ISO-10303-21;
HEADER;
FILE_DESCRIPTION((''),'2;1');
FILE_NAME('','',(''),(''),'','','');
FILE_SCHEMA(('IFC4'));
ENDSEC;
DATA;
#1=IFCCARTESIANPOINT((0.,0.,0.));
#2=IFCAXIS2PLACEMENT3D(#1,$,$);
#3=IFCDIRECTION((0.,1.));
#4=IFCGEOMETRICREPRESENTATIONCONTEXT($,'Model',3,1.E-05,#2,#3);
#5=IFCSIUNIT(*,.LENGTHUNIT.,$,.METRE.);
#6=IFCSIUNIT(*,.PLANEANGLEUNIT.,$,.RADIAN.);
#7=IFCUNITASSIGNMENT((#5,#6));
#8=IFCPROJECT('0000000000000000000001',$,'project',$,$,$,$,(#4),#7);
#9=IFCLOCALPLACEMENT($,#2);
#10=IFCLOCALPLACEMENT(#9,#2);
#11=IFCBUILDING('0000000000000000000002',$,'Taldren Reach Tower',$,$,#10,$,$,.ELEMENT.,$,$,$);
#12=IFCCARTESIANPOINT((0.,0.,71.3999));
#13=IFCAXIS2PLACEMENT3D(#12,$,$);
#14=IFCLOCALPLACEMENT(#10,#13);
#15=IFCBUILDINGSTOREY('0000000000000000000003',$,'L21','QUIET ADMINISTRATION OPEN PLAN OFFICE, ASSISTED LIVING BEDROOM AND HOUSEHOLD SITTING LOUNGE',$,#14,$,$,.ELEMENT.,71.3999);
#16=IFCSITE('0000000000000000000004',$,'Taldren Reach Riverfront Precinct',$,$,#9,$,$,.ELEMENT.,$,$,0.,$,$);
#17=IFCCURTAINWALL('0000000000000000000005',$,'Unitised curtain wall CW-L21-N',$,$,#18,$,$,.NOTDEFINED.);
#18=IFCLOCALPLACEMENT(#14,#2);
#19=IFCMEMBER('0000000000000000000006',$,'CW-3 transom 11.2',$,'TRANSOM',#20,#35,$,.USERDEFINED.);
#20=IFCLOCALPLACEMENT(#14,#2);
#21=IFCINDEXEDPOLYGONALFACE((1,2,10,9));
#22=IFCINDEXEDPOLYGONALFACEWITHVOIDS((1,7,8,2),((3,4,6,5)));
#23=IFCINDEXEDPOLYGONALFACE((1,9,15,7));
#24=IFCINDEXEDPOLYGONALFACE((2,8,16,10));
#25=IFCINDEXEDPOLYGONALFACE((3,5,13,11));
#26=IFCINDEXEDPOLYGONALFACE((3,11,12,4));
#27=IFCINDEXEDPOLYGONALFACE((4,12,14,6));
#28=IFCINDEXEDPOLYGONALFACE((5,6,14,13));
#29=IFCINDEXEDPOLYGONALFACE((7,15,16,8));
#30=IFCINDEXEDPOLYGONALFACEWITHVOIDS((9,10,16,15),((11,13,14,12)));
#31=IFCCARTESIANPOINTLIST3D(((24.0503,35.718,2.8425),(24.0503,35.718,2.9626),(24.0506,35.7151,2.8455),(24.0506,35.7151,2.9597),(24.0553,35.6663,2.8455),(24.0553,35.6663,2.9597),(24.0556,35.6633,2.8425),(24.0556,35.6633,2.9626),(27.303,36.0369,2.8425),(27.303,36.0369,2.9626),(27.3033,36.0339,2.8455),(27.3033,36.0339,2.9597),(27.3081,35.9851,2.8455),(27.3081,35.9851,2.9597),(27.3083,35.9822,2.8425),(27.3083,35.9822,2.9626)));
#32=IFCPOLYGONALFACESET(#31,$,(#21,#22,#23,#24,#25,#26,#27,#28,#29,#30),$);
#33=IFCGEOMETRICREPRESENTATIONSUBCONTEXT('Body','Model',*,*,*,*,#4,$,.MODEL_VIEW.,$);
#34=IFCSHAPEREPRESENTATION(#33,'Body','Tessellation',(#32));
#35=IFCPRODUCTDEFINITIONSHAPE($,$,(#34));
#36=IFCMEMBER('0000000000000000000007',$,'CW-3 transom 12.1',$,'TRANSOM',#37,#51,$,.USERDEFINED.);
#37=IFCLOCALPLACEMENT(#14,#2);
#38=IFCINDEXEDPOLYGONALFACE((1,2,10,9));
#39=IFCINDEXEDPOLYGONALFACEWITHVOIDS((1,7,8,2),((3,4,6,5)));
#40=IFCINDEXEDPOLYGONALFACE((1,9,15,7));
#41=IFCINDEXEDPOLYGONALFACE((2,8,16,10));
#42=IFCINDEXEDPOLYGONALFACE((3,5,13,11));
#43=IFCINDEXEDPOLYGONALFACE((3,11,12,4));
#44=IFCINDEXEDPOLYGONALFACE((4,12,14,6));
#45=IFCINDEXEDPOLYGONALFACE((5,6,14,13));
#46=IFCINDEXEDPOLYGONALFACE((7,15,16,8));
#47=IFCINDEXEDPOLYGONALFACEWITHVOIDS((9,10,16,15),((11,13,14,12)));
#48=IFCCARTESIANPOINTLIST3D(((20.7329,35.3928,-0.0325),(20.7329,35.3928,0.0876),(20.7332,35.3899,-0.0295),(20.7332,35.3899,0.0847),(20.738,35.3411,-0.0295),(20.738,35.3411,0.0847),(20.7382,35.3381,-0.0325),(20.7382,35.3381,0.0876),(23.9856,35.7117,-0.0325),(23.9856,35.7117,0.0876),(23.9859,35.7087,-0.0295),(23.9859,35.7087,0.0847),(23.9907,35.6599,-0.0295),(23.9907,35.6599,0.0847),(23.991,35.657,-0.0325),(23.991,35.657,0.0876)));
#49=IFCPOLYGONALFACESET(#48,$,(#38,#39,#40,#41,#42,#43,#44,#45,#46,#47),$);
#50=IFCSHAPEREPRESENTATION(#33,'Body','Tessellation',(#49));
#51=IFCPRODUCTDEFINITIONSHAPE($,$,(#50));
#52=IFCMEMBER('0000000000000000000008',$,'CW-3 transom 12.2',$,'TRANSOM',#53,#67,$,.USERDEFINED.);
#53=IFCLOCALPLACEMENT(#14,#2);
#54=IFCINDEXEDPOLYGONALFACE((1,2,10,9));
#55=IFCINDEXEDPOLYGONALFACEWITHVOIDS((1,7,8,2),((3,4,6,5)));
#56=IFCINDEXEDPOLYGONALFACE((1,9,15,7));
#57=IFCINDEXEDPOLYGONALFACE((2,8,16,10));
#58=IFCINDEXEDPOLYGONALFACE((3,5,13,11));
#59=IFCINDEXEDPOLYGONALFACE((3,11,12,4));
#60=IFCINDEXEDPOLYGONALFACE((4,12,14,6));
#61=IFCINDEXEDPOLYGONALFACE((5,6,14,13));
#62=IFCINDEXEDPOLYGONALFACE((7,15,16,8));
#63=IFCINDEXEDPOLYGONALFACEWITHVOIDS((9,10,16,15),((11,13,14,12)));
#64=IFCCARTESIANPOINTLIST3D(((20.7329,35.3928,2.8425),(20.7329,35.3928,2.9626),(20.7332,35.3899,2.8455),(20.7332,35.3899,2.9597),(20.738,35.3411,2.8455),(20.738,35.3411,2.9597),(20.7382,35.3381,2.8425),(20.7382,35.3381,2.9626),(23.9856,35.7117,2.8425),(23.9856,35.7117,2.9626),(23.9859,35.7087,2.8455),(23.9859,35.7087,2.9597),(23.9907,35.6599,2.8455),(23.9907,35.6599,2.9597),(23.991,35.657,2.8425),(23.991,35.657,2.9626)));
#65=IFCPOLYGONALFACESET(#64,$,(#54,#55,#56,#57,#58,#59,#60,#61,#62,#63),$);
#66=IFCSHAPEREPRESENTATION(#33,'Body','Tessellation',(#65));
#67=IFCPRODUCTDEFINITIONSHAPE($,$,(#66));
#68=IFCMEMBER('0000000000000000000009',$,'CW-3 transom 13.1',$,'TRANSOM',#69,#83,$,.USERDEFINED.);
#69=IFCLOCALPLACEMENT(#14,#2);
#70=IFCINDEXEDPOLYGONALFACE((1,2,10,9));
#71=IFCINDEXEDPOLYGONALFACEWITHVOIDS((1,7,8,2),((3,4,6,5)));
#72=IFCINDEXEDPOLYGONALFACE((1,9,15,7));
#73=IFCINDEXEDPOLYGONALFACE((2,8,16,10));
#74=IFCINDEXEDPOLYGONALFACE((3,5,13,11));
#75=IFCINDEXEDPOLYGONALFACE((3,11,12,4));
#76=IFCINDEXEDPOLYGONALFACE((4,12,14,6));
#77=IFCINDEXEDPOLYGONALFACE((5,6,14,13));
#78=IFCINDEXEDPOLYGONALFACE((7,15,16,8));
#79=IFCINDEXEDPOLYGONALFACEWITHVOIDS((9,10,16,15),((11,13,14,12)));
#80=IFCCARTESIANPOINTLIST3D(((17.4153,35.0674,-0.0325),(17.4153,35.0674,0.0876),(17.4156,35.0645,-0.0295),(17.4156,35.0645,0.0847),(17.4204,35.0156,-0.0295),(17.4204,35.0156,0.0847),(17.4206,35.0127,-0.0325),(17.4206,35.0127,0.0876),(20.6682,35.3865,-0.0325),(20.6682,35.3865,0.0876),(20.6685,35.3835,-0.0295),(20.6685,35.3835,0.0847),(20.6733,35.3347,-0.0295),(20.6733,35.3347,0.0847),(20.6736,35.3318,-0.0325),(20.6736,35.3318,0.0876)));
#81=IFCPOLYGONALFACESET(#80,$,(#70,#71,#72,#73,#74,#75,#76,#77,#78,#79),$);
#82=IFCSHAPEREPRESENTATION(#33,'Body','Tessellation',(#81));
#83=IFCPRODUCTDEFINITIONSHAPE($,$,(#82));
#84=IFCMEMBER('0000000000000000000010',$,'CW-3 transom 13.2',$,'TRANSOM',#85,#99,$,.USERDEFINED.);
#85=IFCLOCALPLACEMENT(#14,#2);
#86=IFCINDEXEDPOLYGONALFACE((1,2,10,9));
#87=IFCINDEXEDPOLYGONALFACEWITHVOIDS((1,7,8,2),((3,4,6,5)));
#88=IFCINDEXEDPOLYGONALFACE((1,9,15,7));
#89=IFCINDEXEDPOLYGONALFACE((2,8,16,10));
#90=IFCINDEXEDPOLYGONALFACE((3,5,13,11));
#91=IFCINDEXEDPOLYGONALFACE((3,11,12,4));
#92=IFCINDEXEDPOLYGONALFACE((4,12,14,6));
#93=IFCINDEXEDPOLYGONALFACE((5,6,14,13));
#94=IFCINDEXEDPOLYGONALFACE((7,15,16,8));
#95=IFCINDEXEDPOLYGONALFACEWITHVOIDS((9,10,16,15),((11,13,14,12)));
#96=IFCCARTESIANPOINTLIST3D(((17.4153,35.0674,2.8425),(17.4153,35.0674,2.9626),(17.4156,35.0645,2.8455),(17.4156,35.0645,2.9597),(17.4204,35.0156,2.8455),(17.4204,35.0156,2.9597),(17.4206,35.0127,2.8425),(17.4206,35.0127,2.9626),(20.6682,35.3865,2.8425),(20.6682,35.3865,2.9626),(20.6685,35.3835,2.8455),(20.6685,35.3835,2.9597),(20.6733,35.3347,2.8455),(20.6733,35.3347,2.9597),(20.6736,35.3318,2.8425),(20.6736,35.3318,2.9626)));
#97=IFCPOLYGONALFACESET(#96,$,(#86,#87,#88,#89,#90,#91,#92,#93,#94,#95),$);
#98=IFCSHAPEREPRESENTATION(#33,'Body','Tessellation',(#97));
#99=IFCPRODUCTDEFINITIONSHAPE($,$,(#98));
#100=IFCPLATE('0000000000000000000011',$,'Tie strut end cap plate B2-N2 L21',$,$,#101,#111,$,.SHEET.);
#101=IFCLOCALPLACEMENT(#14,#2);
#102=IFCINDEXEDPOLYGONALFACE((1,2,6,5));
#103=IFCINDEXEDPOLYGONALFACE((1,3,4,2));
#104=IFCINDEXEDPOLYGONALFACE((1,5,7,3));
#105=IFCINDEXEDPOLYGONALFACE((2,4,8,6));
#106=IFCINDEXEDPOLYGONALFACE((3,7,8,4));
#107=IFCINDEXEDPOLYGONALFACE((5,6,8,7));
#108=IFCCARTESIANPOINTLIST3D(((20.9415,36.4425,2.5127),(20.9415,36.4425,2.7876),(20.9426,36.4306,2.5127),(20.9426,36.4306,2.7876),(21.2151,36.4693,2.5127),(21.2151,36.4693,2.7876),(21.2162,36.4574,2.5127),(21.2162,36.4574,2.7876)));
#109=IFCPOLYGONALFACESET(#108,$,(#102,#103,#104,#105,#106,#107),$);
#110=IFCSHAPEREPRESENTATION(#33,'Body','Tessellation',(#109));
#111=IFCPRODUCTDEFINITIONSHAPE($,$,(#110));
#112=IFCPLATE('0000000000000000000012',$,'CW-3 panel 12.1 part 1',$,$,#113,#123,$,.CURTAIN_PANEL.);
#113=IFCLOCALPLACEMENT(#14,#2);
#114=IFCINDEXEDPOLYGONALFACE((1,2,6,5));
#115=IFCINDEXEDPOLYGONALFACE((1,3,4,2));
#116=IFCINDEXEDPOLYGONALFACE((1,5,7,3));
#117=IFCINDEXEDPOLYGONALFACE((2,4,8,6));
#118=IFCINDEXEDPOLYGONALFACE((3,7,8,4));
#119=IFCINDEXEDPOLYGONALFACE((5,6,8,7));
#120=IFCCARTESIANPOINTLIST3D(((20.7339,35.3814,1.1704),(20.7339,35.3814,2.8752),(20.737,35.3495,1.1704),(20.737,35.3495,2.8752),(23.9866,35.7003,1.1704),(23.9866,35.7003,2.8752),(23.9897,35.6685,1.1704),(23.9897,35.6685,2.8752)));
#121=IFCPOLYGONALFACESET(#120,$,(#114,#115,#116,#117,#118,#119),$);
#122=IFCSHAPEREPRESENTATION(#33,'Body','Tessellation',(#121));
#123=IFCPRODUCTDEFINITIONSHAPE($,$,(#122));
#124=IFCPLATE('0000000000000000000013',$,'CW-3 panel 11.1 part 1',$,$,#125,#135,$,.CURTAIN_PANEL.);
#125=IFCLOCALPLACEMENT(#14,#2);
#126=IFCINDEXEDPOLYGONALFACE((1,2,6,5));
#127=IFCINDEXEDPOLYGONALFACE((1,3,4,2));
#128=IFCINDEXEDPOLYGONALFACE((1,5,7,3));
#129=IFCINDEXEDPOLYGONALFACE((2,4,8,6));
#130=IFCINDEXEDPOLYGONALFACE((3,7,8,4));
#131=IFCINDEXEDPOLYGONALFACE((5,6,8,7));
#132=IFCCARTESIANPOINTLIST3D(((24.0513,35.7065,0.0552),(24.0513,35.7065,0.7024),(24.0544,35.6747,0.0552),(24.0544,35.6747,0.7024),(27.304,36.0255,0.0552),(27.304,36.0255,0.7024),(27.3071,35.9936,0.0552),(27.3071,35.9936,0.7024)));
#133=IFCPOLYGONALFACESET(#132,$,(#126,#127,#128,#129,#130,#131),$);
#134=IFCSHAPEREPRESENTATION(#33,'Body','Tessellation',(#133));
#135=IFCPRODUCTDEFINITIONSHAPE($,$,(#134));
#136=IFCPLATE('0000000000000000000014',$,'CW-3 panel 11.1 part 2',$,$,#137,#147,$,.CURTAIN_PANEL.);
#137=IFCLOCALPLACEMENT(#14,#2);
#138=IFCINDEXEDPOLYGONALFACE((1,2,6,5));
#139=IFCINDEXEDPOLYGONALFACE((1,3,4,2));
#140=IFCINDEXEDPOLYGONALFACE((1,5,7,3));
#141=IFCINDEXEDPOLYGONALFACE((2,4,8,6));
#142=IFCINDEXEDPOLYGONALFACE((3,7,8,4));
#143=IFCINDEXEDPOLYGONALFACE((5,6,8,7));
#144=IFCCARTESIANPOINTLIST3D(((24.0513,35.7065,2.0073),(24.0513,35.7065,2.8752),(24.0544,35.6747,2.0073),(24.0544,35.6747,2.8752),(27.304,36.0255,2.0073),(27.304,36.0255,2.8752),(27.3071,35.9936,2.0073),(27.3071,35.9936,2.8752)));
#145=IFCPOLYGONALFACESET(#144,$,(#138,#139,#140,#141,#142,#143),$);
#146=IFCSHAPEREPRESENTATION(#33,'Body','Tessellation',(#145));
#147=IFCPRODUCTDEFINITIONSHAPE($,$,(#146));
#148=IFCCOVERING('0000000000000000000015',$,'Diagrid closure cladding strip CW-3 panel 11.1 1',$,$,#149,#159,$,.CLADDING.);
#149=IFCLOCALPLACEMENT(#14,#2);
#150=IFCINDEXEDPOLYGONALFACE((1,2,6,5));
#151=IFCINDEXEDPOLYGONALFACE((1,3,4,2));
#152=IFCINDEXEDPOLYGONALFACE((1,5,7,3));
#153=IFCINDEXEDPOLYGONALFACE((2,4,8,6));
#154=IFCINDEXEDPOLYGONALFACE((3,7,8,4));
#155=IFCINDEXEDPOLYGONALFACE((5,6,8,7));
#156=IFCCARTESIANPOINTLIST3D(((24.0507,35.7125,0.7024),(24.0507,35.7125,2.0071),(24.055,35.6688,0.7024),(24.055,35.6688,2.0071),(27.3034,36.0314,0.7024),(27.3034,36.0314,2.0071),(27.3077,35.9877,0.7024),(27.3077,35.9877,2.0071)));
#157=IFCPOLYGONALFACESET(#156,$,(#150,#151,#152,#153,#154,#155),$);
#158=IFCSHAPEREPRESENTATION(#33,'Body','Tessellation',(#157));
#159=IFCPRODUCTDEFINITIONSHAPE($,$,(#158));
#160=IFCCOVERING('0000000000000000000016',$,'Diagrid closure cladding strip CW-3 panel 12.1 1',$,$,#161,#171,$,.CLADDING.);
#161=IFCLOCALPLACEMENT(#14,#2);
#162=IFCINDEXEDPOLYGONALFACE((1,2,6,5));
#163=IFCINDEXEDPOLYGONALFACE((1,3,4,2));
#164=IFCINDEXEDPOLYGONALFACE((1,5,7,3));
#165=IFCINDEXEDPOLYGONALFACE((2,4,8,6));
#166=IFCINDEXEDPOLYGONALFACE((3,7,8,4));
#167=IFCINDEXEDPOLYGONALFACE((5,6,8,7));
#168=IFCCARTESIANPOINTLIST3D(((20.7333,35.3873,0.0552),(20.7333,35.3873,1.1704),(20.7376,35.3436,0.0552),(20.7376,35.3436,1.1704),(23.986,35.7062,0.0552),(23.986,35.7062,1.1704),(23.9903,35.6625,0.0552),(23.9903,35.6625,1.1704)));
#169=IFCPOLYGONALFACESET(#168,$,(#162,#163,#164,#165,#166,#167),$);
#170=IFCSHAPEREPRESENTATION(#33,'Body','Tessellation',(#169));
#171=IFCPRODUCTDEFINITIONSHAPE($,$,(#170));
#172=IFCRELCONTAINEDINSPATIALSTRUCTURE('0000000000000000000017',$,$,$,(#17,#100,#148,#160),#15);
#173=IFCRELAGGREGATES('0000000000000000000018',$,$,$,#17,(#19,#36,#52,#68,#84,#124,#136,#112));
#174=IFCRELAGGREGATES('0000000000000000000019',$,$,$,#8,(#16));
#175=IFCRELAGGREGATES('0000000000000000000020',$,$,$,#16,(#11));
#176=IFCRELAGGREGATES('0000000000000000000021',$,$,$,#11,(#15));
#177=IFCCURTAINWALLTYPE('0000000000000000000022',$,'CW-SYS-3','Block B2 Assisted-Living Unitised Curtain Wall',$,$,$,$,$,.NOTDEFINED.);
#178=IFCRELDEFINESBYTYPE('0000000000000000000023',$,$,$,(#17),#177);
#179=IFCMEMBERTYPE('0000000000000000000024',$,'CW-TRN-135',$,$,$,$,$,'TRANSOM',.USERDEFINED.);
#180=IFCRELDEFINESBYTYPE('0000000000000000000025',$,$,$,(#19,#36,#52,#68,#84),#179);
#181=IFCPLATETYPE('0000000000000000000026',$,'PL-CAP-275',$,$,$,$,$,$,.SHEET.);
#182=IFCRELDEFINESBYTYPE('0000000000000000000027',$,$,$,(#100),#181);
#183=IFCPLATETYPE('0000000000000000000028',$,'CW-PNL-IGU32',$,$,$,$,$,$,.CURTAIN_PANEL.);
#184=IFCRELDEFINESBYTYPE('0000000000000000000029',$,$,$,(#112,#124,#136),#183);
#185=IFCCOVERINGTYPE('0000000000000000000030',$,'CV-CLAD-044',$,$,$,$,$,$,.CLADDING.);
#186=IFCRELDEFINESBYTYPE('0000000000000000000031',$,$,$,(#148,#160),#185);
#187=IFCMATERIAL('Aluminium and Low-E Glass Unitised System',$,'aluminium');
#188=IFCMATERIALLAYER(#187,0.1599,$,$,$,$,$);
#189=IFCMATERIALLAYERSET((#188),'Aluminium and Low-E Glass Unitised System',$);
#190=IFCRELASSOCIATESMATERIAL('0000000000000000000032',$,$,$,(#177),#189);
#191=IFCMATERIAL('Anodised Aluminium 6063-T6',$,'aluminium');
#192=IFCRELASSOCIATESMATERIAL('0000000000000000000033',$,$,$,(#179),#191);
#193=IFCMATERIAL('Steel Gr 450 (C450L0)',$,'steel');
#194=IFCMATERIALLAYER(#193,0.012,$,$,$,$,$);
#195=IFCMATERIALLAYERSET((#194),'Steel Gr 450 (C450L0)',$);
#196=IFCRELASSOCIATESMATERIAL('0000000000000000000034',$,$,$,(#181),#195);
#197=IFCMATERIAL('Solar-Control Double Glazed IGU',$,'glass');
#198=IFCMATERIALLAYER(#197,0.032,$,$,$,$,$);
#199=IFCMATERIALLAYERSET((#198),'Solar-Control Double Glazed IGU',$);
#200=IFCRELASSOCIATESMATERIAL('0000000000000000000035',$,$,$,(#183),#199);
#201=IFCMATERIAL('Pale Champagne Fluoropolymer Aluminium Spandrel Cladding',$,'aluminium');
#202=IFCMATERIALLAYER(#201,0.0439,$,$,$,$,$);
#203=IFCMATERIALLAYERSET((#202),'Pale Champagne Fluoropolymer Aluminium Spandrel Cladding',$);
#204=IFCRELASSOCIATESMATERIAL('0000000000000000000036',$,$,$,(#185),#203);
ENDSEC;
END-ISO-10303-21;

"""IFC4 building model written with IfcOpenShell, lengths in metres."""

from ifc_helpers import new_model, si_unit, direction, frame, origin, origin_2d, place, context, subcontext, project, spatial, rectangle, hollow_rectangle, extrude, source, transform, mapped, material, layer, layer_set, material_profile, profile_set, type_object, element, aggregate, save


model = new_model("IFC4")

# Units and contexts
model_context = context("Model", 3, precision=1e-05, world=origin(), true_north=direction((0.0, 1.0)))
body_context = subcontext(model_context, "Body", "Model", "MODEL_VIEW")
ifc_project = project(units=[si_unit("LENGTHUNIT", "METRE"), si_unit("PLANEANGLEUNIT", "RADIAN")], contexts=[model_context])

# Site, building, storey
site_placement = place(None, origin())
site = spatial("IfcSite", under=ifc_project, at=site_placement, Name="Taldren Reach Riverfront Precinct", CompositionType="ELEMENT", RefElevation=0.0)
building_placement = place(site_placement, origin())
building = spatial("IfcBuilding", under=site, at=building_placement, Name="Taldren Reach Tower", CompositionType="ELEMENT")
storey_placement = place(building_placement, frame((0.0, 0.0, 71.3999)))
storey = spatial("IfcBuildingStorey", under=building, at=storey_placement, Name="L21", Description="QUIET ADMINISTRATION OPEN PLAN OFFICE, ASSISTED LIVING BEDROOM AND HOUSEHOLD SITTING LOUNGE", CompositionType="ELEMENT", Elevation=71.3999)

# Shared definitions
ifc_material_1 = material(Name="Steel Gr 450 (C450L0)", Category="steel")

# Curtain wall, members
ifc_material_2 = material(Name="Aluminium and Low-E Glass Unitised System", Category="aluminium")
ifc_layer_1 = layer(ifc_material_2, 0.1599)
ifc_layer_set_1 = layer_set([ifc_layer_1], Name="Aluminium and Low-E Glass Unitised System")
curtain_wall_type = type_object("IfcCurtainWallType", Name="CW-SYS-3", Description="Block B2 Assisted-Living Unitised Curtain Wall", PredefinedType="NOTDEFINED", material=ifc_layer_set_1)
curtain_wall_placement = place(storey_placement, origin())
curtain_wall = element("IfcCurtainWall", 1, at=curtain_wall_placement, inside=storey, type_object=curtain_wall_type, Name="Unitised curtain wall CW-L21-N", PredefinedType="NOTDEFINED")
ifc_material_3 = material(Name="Anodised Aluminium 6063-T6", Category="aluminium")
ifc_material_profile_1 = material_profile(ifc_material_3, hollow_rectangle(XDim=0.0549, YDim=0.1201, WallThickness=0.0029, at=origin_2d()), Name="ALU-120x55x3RHS")
ifc_profile_set_1 = profile_set([ifc_material_profile_1], Name="Anodised Aluminium 6063-T6")
member_type_1 = type_object("IfcMemberType", Name="CW-TRN-135", ElementType="TRANSOM", PredefinedType="USERDEFINED", material=ifc_profile_set_1)
shared_shape_1 = source(origin(), body_context, "Body", "SweptSolid", [
    extrude(hollow_rectangle(XDim=0.0549, YDim=0.1201, WallThickness=0.0029, at=origin_2d()), origin(), (0.0, 0.0, 1.0), 3.2683),
])
member_1_placement = place(storey_placement, frame((27.3057, 36.0095, 2.9026), z_axis=(-0.99523, -0.097558, 0.0), x_axis=(0.097558, -0.99523, 0.0)))
member_1 = element("IfcMember", 2, at=member_1_placement, type_object=member_type_1, Name="CW-3 transom 11.2", ObjectType="TRANSOM", PredefinedType="USERDEFINED", context=body_context, shape_type="MappedRepresentation", body=[
    mapped(shared_shape_1, transform((0.0, 0.0, 0.0), scale=1.0)),
])
member_2_placement = place(storey_placement, frame((23.9883, 35.6843, 0.0276), z_axis=(-0.99523, -0.097558, 0.0), x_axis=(0.097558, -0.99523, 0.0)))
member_2 = element("IfcMember", 3, at=member_2_placement, type_object=member_type_1, Name="CW-3 transom 12.1", ObjectType="TRANSOM", PredefinedType="USERDEFINED", context=body_context, shape_type="MappedRepresentation", body=[
    mapped(shared_shape_1, transform((0.0, 0.0, 0.0), scale=1.0)),
])
member_3_placement = place(storey_placement, frame((23.9883, 35.6843, 2.9026), z_axis=(-0.99523, -0.097558, 0.0), x_axis=(0.097558, -0.99523, 0.0)))
member_3 = element("IfcMember", 4, at=member_3_placement, type_object=member_type_1, Name="CW-3 transom 12.2", ObjectType="TRANSOM", PredefinedType="USERDEFINED", context=body_context, shape_type="MappedRepresentation", body=[
    mapped(shared_shape_1, transform((0.0, 0.0, 0.0), scale=1.0)),
])
shared_shape_2 = source(origin(), body_context, "Body", "SweptSolid", [
    extrude(hollow_rectangle(XDim=0.0549, YDim=0.1201, WallThickness=0.0029, at=origin_2d()), origin(), (0.0, 0.0, 1.0), 3.2686),
])
member_4_placement = place(storey_placement, frame((20.6709, 35.3591, 0.0276), z_axis=(-0.995223, -0.097625, 0.0), x_axis=(0.097625, -0.995223, 0.0)))
member_4 = element("IfcMember", 5, at=member_4_placement, type_object=member_type_1, Name="CW-3 transom 13.1", ObjectType="TRANSOM", PredefinedType="USERDEFINED", context=body_context, shape_type="MappedRepresentation", body=[
    mapped(shared_shape_2, transform((0.0, 0.0, 0.0), scale=1.0)),
])
member_5_placement = place(storey_placement, frame((20.6709, 35.3591, 2.9026), z_axis=(-0.995223, -0.097625, 0.0), x_axis=(0.097625, -0.995223, 0.0)))
member_5 = element("IfcMember", 6, at=member_5_placement, type_object=member_type_1, Name="CW-3 transom 13.2", ObjectType="TRANSOM", PredefinedType="USERDEFINED", context=body_context, shape_type="MappedRepresentation", body=[
    mapped(shared_shape_2, transform((0.0, 0.0, 0.0), scale=1.0)),
])

# Plates
ifc_layer_2 = layer(ifc_material_1, 0.012)
ifc_layer_set_2 = layer_set([ifc_layer_2], Name="Steel Gr 450 (C450L0)")
plate_type_1 = type_object("IfcPlateType", Name="PL-CAP-275", PredefinedType="SHEET", material=ifc_layer_set_2)
shared_shape_3 = source(origin(), body_context, "Body", "SweptSolid", [
    extrude(rectangle(XDim=0.2749, YDim=0.012, at=origin_2d()), origin(), (0.0, 0.0, 1.0), 0.2749),
])
plate_1_placement = place(storey_placement, frame((21.0789, 36.45, 2.5127), z_axis=(0.0, 0.0, 1.0), x_axis=(0.995227, 0.097583, 0.0)))
element("IfcPlate", 7, at=plate_1_placement, inside=storey, type_object=plate_type_1, Name="Tie strut end cap plate B2-N2 L21", PredefinedType="SHEET", context=body_context, shape_type="MappedRepresentation", body=[
    mapped(shared_shape_3, transform((0.0, 0.0, 0.0), scale=1.0)),
])
ifc_material_4 = material(Name="Solar-Control Double Glazed IGU", Category="glass")
ifc_layer_3 = layer(ifc_material_4, 0.032)
ifc_layer_set_3 = layer_set([ifc_layer_3], Name="Solar-Control Double Glazed IGU")
plate_type_2 = type_object("IfcPlateType", Name="CW-PNL-IGU32", PredefinedType="CURTAIN_PANEL", material=ifc_layer_set_3)
shared_shape_4 = source(origin(), body_context, "Body", "SweptSolid", [
    extrude(rectangle(XDim=3.2683, YDim=0.032, at=origin_2d()), origin(), (0.0, 0.0, 1.0), 1.7048),
])
plate_2_placement = place(storey_placement, frame((22.3618, 35.5249, 1.1704), z_axis=(0.0, 0.0, 1.0), x_axis=(-0.995227, -0.097583, 0.0)))
plate_2 = element("IfcPlate", 8, at=plate_2_placement, type_object=plate_type_2, Name="CW-3 panel 12.1 part 1", PredefinedType="CURTAIN_PANEL", context=body_context, shape_type="MappedRepresentation", body=[
    mapped(shared_shape_4, transform((0.0, 0.0, 0.0), scale=1.0)),
])
shared_shape_5 = source(origin(), body_context, "Body", "SweptSolid", [
    extrude(rectangle(XDim=3.2683, YDim=0.032, at=origin_2d()), origin(), (0.0, 0.0, 1.0), 0.6472),
])
plate_3_placement = place(storey_placement, frame((25.6792, 35.8501, 0.0552), z_axis=(0.0, 0.0, 1.0), x_axis=(-0.995227, -0.097583, 0.0)))
plate_3 = element("IfcPlate", 9, at=plate_3_placement, type_object=plate_type_2, Name="CW-3 panel 11.1 part 1", PredefinedType="CURTAIN_PANEL", context=body_context, shape_type="MappedRepresentation", body=[
    mapped(shared_shape_5, transform((0.0, 0.0, 0.0), scale=1.0)),
])
shared_shape_6 = source(origin(), body_context, "Body", "SweptSolid", [
    extrude(rectangle(XDim=3.2683, YDim=0.032, at=origin_2d()), origin(), (0.0, 0.0, 1.0), 0.8679),
])
plate_4_placement = place(storey_placement, frame((25.6792, 35.8501, 2.0073), z_axis=(0.0, 0.0, 1.0), x_axis=(-0.995227, -0.097583, 0.0)))
plate_4 = element("IfcPlate", 10, at=plate_4_placement, type_object=plate_type_2, Name="CW-3 panel 11.1 part 2", PredefinedType="CURTAIN_PANEL", context=body_context, shape_type="MappedRepresentation", body=[
    mapped(shared_shape_6, transform((0.0, 0.0, 0.0), scale=1.0)),
])
aggregate(curtain_wall, [member_1, member_2, member_3, member_4, member_5, plate_3, plate_4, plate_2])

# Coverings
ifc_material_5 = material(Name="Pale Champagne Fluoropolymer Aluminium Spandrel Cladding", Category="aluminium")
ifc_layer_4 = layer(ifc_material_5, 0.0439)
ifc_layer_set_4 = layer_set([ifc_layer_4], Name="Pale Champagne Fluoropolymer Aluminium Spandrel Cladding")
covering_type = type_object("IfcCoveringType", Name="CV-CLAD-044", PredefinedType="CLADDING", material=ifc_layer_set_4)
shared_shape_7 = source(origin(), body_context, "Body", "SweptSolid", [
    extrude(rectangle(XDim=3.2683, YDim=0.0439, at=origin_2d()), origin(), (0.0, 0.0, 1.0), 1.3047),
])
covering_1_placement = place(storey_placement, frame((25.6792, 35.8501, 0.7024), z_axis=(0.0, 0.0, 1.0), x_axis=(-0.995227, -0.097583, 0.0)))
element("IfcCovering", 11, at=covering_1_placement, inside=storey, type_object=covering_type, Name="Diagrid closure cladding strip CW-3 panel 11.1 1", PredefinedType="CLADDING", context=body_context, shape_type="MappedRepresentation", body=[
    mapped(shared_shape_7, transform((0.0, 0.0, 0.0), scale=1.0)),
])
shared_shape_8 = source(origin(), body_context, "Body", "SweptSolid", [
    extrude(rectangle(XDim=3.2683, YDim=0.0439, at=origin_2d()), origin(), (0.0, 0.0, 1.0), 1.1152),
])
covering_2_placement = place(storey_placement, frame((22.3618, 35.5249, 0.0552), z_axis=(0.0, 0.0, 1.0), x_axis=(-0.995227, -0.097583, 0.0)))
element("IfcCovering", 12, at=covering_2_placement, inside=storey, type_object=covering_type, Name="Diagrid closure cladding strip CW-3 panel 12.1 1", PredefinedType="CLADDING", context=body_context, shape_type="MappedRepresentation", body=[
    mapped(shared_shape_8, transform((0.0, 0.0, 0.0), scale=1.0)),
])

save(model, "model.ifc")
